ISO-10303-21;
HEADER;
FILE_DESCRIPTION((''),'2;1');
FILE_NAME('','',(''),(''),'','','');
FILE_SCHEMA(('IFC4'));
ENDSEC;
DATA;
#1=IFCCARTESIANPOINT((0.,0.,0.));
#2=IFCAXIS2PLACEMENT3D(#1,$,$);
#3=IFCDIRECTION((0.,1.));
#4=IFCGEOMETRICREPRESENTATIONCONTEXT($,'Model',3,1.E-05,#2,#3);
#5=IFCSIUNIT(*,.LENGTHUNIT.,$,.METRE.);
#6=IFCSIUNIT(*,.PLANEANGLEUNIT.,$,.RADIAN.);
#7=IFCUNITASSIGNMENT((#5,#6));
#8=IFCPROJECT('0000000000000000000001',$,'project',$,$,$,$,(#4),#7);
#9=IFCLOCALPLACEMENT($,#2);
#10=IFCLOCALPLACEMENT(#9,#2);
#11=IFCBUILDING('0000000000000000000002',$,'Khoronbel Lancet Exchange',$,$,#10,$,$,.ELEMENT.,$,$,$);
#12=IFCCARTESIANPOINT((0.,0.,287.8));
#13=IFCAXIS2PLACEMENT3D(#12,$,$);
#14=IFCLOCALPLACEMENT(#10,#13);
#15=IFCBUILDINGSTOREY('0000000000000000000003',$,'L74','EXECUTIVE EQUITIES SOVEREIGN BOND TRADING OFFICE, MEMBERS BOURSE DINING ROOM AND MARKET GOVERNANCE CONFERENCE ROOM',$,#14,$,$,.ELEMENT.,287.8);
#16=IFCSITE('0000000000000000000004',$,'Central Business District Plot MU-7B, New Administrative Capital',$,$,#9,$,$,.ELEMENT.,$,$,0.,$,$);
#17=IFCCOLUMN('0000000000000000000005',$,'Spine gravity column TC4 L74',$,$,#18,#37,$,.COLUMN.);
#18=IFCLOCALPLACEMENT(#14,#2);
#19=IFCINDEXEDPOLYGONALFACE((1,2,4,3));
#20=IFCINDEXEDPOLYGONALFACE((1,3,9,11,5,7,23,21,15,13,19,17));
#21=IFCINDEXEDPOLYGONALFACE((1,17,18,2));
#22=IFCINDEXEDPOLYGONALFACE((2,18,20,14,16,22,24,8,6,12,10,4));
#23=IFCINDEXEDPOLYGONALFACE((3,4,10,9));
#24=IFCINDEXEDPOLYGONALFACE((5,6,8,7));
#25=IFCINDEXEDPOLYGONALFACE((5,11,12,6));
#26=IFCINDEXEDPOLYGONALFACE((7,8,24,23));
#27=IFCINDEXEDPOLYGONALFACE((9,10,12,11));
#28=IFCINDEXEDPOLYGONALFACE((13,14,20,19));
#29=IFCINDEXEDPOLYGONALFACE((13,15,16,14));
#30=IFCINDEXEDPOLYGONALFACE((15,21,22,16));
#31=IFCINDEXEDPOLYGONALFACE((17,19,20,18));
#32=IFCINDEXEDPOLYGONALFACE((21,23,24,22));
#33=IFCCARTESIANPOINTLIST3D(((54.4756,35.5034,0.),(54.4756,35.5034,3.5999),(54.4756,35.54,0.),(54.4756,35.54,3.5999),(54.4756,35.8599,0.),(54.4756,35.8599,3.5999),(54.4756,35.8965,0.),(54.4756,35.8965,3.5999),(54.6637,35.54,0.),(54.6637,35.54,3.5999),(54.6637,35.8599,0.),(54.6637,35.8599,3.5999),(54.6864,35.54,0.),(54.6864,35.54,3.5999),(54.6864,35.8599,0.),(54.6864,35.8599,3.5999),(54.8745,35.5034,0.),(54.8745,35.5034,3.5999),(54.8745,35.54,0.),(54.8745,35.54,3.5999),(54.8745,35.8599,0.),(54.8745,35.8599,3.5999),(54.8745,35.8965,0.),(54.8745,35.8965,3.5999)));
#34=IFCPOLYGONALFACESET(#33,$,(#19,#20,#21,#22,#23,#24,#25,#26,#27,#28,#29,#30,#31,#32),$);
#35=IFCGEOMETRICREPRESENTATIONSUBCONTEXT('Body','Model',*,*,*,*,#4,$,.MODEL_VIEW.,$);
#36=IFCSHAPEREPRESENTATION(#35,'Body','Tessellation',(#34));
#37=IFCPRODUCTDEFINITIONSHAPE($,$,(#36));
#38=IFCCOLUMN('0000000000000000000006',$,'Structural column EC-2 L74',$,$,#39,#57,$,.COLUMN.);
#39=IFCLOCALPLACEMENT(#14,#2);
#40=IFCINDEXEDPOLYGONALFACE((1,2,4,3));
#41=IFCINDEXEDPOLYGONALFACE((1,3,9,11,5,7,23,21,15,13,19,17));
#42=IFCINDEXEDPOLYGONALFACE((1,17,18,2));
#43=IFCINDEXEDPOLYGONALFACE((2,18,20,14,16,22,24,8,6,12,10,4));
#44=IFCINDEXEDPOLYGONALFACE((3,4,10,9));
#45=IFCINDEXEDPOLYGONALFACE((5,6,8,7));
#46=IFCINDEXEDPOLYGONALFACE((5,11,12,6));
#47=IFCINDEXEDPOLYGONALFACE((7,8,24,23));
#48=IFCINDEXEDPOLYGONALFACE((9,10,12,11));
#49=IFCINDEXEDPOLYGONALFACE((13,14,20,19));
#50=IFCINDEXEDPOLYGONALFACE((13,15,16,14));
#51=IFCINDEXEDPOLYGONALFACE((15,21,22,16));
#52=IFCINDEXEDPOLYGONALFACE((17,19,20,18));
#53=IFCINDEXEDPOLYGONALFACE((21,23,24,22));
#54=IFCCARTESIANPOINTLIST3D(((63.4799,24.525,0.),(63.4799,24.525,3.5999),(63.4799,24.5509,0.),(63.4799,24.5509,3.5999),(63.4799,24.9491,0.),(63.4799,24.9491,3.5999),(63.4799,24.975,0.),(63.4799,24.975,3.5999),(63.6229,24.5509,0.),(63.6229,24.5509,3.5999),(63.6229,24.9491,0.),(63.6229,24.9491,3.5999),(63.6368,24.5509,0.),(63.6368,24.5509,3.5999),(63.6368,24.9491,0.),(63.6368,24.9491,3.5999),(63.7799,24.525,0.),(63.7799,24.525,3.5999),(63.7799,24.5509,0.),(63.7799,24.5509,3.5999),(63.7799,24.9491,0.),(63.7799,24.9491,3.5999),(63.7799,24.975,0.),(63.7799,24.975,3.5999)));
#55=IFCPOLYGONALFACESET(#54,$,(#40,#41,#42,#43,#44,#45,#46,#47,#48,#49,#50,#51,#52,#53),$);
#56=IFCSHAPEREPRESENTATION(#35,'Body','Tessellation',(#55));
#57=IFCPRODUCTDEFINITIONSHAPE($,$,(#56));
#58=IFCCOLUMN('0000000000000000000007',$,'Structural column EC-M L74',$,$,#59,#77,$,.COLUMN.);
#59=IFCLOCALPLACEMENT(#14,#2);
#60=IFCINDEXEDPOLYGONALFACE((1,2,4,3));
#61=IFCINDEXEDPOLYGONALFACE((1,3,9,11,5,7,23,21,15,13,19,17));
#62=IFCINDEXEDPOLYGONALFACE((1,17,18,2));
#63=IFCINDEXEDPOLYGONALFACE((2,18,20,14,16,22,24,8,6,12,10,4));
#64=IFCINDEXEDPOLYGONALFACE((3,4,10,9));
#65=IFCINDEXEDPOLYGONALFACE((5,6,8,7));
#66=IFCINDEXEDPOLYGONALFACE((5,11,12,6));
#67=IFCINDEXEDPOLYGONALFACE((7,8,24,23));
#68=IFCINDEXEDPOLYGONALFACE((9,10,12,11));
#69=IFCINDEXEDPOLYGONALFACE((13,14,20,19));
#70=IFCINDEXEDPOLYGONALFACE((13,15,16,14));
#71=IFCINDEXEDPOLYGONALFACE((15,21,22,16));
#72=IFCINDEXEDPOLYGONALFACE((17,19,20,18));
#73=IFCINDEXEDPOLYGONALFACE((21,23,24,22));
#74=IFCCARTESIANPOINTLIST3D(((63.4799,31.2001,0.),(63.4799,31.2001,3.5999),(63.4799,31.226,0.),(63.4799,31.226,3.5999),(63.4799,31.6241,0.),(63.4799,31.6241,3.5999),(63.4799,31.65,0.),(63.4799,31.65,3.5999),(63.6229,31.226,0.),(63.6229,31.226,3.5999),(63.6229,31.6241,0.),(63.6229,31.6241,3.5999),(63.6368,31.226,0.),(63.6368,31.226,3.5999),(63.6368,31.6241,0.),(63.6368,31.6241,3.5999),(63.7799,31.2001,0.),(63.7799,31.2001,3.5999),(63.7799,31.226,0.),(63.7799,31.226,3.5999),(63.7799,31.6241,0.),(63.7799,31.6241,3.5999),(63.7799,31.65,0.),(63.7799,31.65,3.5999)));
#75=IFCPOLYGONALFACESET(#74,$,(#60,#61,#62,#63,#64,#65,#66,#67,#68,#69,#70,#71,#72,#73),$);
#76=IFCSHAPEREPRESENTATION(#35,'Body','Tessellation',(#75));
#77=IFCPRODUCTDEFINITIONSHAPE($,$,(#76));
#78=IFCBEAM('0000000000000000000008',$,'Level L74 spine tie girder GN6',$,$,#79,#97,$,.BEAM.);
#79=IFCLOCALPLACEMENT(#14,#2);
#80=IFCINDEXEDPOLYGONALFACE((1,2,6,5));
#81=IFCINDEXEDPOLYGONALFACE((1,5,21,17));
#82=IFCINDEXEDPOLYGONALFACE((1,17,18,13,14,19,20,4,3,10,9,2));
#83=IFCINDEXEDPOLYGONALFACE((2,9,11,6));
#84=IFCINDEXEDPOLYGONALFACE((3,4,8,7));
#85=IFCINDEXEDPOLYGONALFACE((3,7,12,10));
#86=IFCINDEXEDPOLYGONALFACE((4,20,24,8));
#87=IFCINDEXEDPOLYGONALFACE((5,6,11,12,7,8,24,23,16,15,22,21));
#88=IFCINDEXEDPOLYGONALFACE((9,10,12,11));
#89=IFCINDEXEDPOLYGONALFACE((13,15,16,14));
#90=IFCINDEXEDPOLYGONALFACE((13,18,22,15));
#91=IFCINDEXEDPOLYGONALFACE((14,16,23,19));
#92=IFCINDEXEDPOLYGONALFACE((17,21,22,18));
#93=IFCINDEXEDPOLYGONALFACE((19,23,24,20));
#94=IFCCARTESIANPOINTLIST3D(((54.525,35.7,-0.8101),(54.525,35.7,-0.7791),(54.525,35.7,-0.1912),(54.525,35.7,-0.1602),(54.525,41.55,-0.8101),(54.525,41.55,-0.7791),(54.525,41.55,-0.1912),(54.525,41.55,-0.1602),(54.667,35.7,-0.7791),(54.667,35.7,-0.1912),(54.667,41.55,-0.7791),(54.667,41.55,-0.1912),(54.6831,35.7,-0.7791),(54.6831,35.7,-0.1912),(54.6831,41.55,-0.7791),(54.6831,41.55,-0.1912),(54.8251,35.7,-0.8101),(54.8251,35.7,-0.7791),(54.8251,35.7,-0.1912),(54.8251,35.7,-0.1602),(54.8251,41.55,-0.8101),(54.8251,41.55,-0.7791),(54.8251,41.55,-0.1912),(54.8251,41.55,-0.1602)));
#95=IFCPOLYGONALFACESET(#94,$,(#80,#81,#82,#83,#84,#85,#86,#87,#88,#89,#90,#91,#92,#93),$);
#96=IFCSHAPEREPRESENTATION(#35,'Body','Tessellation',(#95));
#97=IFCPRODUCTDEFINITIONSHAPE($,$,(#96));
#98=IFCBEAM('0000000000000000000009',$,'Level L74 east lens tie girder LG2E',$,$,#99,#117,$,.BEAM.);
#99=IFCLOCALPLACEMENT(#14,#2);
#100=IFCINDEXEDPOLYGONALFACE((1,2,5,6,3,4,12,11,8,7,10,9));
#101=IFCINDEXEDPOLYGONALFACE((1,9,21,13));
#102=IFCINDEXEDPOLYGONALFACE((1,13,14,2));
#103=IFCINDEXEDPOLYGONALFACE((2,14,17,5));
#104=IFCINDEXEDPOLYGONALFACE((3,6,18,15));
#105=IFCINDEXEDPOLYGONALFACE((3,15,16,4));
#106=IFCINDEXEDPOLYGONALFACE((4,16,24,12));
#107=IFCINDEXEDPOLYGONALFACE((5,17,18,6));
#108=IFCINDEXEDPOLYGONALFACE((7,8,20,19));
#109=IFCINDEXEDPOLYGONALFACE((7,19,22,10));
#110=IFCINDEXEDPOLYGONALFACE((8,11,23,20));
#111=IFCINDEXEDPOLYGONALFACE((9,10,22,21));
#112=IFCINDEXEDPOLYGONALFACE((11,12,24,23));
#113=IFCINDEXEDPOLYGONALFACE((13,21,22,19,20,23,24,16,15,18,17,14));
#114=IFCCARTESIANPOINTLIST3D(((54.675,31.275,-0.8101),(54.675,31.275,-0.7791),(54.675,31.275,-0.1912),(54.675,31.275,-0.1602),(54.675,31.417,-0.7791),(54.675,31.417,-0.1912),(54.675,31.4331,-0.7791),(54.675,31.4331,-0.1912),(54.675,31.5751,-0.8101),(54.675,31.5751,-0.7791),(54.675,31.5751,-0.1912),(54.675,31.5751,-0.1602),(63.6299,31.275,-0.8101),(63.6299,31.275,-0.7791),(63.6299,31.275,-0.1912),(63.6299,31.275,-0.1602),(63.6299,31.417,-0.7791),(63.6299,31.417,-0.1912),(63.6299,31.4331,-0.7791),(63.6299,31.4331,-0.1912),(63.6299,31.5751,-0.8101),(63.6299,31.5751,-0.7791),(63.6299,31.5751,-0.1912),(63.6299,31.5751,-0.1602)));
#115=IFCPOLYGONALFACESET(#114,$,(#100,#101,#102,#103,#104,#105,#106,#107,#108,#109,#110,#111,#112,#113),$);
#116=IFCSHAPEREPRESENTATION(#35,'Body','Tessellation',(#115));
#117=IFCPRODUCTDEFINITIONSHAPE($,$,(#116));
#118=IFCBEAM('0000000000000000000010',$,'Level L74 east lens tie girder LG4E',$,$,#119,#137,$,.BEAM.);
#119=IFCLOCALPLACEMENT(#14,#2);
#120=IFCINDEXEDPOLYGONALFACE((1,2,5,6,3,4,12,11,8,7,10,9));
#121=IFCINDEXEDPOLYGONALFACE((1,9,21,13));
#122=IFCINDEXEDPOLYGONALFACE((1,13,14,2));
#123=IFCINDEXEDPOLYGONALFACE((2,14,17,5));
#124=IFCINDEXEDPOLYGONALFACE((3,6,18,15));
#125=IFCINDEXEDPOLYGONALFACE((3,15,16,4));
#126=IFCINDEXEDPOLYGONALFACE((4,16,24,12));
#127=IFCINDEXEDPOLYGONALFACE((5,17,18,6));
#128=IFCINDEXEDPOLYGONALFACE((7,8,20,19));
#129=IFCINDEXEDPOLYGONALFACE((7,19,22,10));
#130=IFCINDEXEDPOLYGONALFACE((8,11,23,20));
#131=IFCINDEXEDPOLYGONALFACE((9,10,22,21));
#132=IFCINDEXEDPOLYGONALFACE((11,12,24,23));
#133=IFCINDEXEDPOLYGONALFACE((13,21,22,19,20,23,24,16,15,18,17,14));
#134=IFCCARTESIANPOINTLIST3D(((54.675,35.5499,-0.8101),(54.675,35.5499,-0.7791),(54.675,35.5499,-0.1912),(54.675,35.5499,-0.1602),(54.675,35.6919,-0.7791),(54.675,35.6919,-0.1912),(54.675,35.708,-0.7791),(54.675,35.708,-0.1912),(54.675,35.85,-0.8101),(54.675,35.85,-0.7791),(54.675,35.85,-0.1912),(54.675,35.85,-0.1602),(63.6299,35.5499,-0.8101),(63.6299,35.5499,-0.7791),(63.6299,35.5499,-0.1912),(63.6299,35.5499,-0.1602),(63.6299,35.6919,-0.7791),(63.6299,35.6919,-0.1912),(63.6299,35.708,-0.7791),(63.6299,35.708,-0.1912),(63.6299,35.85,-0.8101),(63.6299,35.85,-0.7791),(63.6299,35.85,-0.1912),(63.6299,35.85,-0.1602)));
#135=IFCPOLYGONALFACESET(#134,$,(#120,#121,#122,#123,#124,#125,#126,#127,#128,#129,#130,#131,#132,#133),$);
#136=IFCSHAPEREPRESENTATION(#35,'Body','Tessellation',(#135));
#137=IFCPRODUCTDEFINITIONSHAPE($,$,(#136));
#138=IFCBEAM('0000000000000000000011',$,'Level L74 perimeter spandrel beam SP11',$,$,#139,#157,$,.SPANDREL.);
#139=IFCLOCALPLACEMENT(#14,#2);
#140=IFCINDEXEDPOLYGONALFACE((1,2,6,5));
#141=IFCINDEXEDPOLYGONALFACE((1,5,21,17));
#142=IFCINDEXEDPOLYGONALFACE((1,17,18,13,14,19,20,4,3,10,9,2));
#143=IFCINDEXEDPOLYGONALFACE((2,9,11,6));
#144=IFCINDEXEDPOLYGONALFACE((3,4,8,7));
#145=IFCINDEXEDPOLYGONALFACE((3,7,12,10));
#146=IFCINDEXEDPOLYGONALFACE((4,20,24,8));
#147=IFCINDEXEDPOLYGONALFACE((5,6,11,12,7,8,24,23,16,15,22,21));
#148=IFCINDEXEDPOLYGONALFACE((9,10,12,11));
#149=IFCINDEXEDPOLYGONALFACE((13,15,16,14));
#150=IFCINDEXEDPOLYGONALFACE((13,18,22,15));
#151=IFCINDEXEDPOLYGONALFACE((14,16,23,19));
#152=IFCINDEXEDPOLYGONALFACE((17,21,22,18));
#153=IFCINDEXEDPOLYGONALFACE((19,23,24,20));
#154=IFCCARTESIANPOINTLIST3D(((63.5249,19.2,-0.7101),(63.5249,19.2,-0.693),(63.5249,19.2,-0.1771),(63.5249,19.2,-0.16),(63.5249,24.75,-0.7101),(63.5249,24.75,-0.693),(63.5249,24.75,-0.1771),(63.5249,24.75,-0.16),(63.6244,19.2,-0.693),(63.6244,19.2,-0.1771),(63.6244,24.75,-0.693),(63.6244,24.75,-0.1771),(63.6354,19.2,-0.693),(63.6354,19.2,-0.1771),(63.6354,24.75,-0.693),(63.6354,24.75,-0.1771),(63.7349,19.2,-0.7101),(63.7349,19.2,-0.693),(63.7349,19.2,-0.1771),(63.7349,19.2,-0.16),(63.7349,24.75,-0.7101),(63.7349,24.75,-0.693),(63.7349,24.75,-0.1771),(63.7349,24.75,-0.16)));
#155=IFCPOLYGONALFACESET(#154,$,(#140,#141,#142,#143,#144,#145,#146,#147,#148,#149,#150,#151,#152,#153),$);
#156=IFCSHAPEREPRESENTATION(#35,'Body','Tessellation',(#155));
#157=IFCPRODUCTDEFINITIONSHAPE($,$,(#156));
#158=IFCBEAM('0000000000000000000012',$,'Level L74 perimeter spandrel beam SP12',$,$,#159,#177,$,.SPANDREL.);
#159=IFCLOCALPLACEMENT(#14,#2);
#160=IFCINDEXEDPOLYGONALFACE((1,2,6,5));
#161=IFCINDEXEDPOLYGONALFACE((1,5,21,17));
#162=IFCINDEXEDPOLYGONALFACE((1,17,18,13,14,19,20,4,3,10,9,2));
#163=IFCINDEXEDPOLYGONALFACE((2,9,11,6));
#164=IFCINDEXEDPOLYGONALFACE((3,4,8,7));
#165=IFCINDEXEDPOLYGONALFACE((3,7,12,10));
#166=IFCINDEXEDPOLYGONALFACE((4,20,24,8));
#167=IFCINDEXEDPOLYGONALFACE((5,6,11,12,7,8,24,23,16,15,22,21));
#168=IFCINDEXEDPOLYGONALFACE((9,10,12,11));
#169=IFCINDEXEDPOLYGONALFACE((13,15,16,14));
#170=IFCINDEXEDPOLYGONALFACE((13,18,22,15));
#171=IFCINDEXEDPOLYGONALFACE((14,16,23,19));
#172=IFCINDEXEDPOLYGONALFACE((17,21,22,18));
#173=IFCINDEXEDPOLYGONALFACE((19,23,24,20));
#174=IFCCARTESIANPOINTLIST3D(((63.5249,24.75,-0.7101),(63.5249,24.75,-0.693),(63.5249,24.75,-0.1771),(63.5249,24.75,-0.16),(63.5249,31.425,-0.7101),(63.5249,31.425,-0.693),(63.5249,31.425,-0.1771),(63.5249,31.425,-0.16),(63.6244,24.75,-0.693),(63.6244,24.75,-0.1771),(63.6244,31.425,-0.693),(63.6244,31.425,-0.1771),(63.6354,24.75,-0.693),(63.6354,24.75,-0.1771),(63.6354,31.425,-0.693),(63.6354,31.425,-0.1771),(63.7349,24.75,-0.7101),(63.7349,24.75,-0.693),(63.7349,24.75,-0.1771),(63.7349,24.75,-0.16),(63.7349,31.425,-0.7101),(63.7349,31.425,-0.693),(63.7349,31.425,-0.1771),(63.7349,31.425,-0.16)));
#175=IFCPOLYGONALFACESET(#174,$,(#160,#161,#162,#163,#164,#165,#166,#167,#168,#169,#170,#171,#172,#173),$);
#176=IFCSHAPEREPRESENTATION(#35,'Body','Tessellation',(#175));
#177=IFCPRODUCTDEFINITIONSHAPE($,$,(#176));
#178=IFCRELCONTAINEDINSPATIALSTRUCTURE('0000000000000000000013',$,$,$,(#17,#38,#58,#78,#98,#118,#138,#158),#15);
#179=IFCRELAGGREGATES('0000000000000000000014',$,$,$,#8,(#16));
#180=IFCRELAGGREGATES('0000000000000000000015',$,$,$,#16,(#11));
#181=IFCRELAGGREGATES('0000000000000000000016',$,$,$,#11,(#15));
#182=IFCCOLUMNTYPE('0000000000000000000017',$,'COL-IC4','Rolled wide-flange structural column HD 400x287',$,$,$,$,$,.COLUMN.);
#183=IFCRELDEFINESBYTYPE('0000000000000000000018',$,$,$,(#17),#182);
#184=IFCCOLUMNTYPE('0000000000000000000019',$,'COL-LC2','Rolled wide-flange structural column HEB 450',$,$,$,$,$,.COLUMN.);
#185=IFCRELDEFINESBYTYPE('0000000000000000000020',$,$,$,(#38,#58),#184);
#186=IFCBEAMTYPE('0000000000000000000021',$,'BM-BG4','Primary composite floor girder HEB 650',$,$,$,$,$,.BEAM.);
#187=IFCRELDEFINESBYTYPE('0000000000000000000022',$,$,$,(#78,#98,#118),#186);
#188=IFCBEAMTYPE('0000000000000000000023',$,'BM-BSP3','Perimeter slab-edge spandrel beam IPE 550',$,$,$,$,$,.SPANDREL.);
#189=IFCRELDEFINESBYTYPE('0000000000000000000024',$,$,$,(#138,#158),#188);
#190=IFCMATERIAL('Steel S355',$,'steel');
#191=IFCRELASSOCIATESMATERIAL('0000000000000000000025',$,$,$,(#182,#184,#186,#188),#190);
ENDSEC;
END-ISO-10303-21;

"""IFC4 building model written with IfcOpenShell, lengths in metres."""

from ifc_helpers import new_model, si_unit, direction, frame, origin, origin_2d, place, context, subcontext, project, spatial, i_section, extrude, material, material_profile, profile_set, type_object, element, save


model = new_model("IFC4")

# Units and contexts
model_context = context("Model", 3, precision=1e-05, world=origin(), true_north=direction((0.0, 1.0)))
body_context = subcontext(model_context, "Body", "Model", "MODEL_VIEW")
ifc_project = project(units=[si_unit("LENGTHUNIT", "METRE"), si_unit("PLANEANGLEUNIT", "RADIAN")], contexts=[model_context])

# Site, building, storey
site_placement = place(None, origin())
site = spatial("IfcSite", under=ifc_project, at=site_placement, Name="Central Business District Plot MU-7B, New Administrative Capital", CompositionType="ELEMENT", RefElevation=0.0)
building_placement = place(site_placement, origin())
building = spatial("IfcBuilding", under=site, at=building_placement, Name="Khoronbel Lancet Exchange", CompositionType="ELEMENT")
storey_placement = place(building_placement, frame((0.0, 0.0, 287.8)))
storey = spatial("IfcBuildingStorey", under=building, at=storey_placement, Name="L74", Description="EXECUTIVE EQUITIES SOVEREIGN BOND TRADING OFFICE, MEMBERS BOURSE DINING ROOM AND MARKET GOVERNANCE CONFERENCE ROOM", CompositionType="ELEMENT", Elevation=287.8)

# Columns
ifc_material_1 = material(Name="Steel S355", Category="steel")
ifc_material_profile_1 = material_profile(ifc_material_1, i_section(OverallWidth=0.3989, OverallDepth=0.3931, WebThickness=0.0227, FlangeThickness=0.0366, at=origin_2d()), Name="HD 400x287")
ifc_profile_set_1 = profile_set([ifc_material_profile_1], Name="Steel S355")
column_type_1 = type_object("IfcColumnType", Name="COL-IC4", Description="Rolled wide-flange structural column HD 400x287", PredefinedType="COLUMN", material=ifc_profile_set_1)
column_placement = place(storey_placement, frame((54.675, 35.7, 0.0), z_axis=(0.0, 0.0, 1.0), x_axis=(1.0, 0.0, 0.0)))
element("IfcColumn", 1, at=column_placement, inside=storey, type_object=column_type_1, Name="Spine gravity column TC4 L74", PredefinedType="COLUMN", context=body_context, shape_type="SweptSolid", body=[
    extrude(i_section(OverallWidth=0.3989, OverallDepth=0.3931, WebThickness=0.0227, FlangeThickness=0.0366, at=origin_2d()), origin(), (0.0, 0.0, 1.0), 3.5999),
])
ifc_material_profile_2 = material_profile(ifc_material_1, i_section(OverallWidth=0.3, OverallDepth=0.45, WebThickness=0.0139, FlangeThickness=0.0259, at=origin_2d()), Name="HEB 450")
ifc_profile_set_2 = profile_set([ifc_material_profile_2], Name="Steel S355")
column_type_2 = type_object("IfcColumnType", Name="COL-LC2", Description="Rolled wide-flange structural column HEB 450", PredefinedType="COLUMN", material=ifc_profile_set_2)
for number, where, z_axis, x_axis, name in (
    (2, (63.6299, 24.75, 0.0), (0.0, 0.0, 1.0), (1.0, 0.0, 0.0), "Structural column EC-2 L74"),
    (3, (63.6299, 31.425, 0.0), (0.0, 0.0, 1.0), (1.0, 0.0, 0.0), "Structural column EC-M L74"),
):
    element("IfcColumn", number, at=place(storey_placement, frame(where, z_axis=z_axis, x_axis=x_axis)), inside=storey, type_object=column_type_2, Name=name, PredefinedType="COLUMN", context=body_context, shape_type="SweptSolid", body=[
        extrude(i_section(OverallWidth=0.3, OverallDepth=0.45, WebThickness=0.0139, FlangeThickness=0.0259, at=origin_2d()), origin(), (0.0, 0.0, 1.0), 3.5999),
    ])

# Beams
ifc_material_profile_3 = material_profile(ifc_material_1, i_section(OverallWidth=0.3, OverallDepth=0.6499, WebThickness=0.0161, FlangeThickness=0.031, at=origin_2d()), Name="HEB 650")
ifc_profile_set_3 = profile_set([ifc_material_profile_3], Name="Steel S355")
beam_type_1 = type_object("IfcBeamType", Name="BM-BG4", Description="Primary composite floor girder HEB 650", PredefinedType="BEAM", material=ifc_profile_set_3)
beam_1_placement = place(storey_placement, frame((54.675, 35.7, -0.4851), z_axis=(0.0, 1.0, 0.0), x_axis=(-1.0, 0.0, 0.0)))
element("IfcBeam", 4, at=beam_1_placement, inside=storey, type_object=beam_type_1, Name="Level L74 spine tie girder GN6", PredefinedType="BEAM", context=body_context, shape_type="SweptSolid", body=[
    extrude(i_section(OverallWidth=0.3, OverallDepth=0.6499, WebThickness=0.0161, FlangeThickness=0.031, at=origin_2d()), origin(), (0.0, 0.0, 1.0), 5.8501),
])
for number, where, z_axis, x_axis, name in (
    (5, (54.675, 31.425, -0.4851), (1.0, 0.0, 0.0), (0.0, 1.0, 0.0), "Level L74 east lens tie girder LG2E"),
    (6, (54.675, 35.7, -0.4851), (1.0, 0.0, 0.0), (0.0, 1.0, 0.0), "Level L74 east lens tie girder LG4E"),
):
    element("IfcBeam", number, at=place(storey_placement, frame(where, z_axis=z_axis, x_axis=x_axis)), inside=storey, type_object=beam_type_1, Name=name, PredefinedType="BEAM", context=body_context, shape_type="SweptSolid", body=[
        extrude(i_section(OverallWidth=0.3, OverallDepth=0.6499, WebThickness=0.0161, FlangeThickness=0.031, at=origin_2d()), origin(), (0.0, 0.0, 1.0), 8.9548),
    ])
ifc_material_profile_4 = material_profile(ifc_material_1, i_section(OverallWidth=0.21, OverallDepth=0.55, WebThickness=0.011, FlangeThickness=0.0171, at=origin_2d()), Name="IPE 550")
ifc_profile_set_4 = profile_set([ifc_material_profile_4], Name="Steel S355")
beam_type_2 = type_object("IfcBeamType", Name="BM-BSP3", Description="Perimeter slab-edge spandrel beam IPE 550", PredefinedType="SPANDREL", material=ifc_profile_set_4)
beam_2_placement = place(storey_placement, frame((63.6299, 19.2, -0.4351), z_axis=(0.0, 1.0, 0.0), x_axis=(-1.0, 0.0, 0.0)))
element("IfcBeam", 7, at=beam_2_placement, inside=storey, type_object=beam_type_2, Name="Level L74 perimeter spandrel beam SP11", PredefinedType="SPANDREL", context=body_context, shape_type="SweptSolid", body=[
    extrude(i_section(OverallWidth=0.21, OverallDepth=0.55, WebThickness=0.011, FlangeThickness=0.0171, at=origin_2d()), origin(), (0.0, 0.0, 1.0), 5.55),
])
beam_3_placement = place(storey_placement, frame((63.6299, 24.75, -0.4351), z_axis=(0.0, 1.0, 0.0), x_axis=(-1.0, 0.0, 0.0)))
element("IfcBeam", 8, at=beam_3_placement, inside=storey, type_object=beam_type_2, Name="Level L74 perimeter spandrel beam SP12", PredefinedType="SPANDREL", context=body_context, shape_type="SweptSolid", body=[
    extrude(i_section(OverallWidth=0.21, OverallDepth=0.55, WebThickness=0.011, FlangeThickness=0.0171, at=origin_2d()), origin(), (0.0, 0.0, 1.0), 6.675),
])

save(model, "model.ifc")
